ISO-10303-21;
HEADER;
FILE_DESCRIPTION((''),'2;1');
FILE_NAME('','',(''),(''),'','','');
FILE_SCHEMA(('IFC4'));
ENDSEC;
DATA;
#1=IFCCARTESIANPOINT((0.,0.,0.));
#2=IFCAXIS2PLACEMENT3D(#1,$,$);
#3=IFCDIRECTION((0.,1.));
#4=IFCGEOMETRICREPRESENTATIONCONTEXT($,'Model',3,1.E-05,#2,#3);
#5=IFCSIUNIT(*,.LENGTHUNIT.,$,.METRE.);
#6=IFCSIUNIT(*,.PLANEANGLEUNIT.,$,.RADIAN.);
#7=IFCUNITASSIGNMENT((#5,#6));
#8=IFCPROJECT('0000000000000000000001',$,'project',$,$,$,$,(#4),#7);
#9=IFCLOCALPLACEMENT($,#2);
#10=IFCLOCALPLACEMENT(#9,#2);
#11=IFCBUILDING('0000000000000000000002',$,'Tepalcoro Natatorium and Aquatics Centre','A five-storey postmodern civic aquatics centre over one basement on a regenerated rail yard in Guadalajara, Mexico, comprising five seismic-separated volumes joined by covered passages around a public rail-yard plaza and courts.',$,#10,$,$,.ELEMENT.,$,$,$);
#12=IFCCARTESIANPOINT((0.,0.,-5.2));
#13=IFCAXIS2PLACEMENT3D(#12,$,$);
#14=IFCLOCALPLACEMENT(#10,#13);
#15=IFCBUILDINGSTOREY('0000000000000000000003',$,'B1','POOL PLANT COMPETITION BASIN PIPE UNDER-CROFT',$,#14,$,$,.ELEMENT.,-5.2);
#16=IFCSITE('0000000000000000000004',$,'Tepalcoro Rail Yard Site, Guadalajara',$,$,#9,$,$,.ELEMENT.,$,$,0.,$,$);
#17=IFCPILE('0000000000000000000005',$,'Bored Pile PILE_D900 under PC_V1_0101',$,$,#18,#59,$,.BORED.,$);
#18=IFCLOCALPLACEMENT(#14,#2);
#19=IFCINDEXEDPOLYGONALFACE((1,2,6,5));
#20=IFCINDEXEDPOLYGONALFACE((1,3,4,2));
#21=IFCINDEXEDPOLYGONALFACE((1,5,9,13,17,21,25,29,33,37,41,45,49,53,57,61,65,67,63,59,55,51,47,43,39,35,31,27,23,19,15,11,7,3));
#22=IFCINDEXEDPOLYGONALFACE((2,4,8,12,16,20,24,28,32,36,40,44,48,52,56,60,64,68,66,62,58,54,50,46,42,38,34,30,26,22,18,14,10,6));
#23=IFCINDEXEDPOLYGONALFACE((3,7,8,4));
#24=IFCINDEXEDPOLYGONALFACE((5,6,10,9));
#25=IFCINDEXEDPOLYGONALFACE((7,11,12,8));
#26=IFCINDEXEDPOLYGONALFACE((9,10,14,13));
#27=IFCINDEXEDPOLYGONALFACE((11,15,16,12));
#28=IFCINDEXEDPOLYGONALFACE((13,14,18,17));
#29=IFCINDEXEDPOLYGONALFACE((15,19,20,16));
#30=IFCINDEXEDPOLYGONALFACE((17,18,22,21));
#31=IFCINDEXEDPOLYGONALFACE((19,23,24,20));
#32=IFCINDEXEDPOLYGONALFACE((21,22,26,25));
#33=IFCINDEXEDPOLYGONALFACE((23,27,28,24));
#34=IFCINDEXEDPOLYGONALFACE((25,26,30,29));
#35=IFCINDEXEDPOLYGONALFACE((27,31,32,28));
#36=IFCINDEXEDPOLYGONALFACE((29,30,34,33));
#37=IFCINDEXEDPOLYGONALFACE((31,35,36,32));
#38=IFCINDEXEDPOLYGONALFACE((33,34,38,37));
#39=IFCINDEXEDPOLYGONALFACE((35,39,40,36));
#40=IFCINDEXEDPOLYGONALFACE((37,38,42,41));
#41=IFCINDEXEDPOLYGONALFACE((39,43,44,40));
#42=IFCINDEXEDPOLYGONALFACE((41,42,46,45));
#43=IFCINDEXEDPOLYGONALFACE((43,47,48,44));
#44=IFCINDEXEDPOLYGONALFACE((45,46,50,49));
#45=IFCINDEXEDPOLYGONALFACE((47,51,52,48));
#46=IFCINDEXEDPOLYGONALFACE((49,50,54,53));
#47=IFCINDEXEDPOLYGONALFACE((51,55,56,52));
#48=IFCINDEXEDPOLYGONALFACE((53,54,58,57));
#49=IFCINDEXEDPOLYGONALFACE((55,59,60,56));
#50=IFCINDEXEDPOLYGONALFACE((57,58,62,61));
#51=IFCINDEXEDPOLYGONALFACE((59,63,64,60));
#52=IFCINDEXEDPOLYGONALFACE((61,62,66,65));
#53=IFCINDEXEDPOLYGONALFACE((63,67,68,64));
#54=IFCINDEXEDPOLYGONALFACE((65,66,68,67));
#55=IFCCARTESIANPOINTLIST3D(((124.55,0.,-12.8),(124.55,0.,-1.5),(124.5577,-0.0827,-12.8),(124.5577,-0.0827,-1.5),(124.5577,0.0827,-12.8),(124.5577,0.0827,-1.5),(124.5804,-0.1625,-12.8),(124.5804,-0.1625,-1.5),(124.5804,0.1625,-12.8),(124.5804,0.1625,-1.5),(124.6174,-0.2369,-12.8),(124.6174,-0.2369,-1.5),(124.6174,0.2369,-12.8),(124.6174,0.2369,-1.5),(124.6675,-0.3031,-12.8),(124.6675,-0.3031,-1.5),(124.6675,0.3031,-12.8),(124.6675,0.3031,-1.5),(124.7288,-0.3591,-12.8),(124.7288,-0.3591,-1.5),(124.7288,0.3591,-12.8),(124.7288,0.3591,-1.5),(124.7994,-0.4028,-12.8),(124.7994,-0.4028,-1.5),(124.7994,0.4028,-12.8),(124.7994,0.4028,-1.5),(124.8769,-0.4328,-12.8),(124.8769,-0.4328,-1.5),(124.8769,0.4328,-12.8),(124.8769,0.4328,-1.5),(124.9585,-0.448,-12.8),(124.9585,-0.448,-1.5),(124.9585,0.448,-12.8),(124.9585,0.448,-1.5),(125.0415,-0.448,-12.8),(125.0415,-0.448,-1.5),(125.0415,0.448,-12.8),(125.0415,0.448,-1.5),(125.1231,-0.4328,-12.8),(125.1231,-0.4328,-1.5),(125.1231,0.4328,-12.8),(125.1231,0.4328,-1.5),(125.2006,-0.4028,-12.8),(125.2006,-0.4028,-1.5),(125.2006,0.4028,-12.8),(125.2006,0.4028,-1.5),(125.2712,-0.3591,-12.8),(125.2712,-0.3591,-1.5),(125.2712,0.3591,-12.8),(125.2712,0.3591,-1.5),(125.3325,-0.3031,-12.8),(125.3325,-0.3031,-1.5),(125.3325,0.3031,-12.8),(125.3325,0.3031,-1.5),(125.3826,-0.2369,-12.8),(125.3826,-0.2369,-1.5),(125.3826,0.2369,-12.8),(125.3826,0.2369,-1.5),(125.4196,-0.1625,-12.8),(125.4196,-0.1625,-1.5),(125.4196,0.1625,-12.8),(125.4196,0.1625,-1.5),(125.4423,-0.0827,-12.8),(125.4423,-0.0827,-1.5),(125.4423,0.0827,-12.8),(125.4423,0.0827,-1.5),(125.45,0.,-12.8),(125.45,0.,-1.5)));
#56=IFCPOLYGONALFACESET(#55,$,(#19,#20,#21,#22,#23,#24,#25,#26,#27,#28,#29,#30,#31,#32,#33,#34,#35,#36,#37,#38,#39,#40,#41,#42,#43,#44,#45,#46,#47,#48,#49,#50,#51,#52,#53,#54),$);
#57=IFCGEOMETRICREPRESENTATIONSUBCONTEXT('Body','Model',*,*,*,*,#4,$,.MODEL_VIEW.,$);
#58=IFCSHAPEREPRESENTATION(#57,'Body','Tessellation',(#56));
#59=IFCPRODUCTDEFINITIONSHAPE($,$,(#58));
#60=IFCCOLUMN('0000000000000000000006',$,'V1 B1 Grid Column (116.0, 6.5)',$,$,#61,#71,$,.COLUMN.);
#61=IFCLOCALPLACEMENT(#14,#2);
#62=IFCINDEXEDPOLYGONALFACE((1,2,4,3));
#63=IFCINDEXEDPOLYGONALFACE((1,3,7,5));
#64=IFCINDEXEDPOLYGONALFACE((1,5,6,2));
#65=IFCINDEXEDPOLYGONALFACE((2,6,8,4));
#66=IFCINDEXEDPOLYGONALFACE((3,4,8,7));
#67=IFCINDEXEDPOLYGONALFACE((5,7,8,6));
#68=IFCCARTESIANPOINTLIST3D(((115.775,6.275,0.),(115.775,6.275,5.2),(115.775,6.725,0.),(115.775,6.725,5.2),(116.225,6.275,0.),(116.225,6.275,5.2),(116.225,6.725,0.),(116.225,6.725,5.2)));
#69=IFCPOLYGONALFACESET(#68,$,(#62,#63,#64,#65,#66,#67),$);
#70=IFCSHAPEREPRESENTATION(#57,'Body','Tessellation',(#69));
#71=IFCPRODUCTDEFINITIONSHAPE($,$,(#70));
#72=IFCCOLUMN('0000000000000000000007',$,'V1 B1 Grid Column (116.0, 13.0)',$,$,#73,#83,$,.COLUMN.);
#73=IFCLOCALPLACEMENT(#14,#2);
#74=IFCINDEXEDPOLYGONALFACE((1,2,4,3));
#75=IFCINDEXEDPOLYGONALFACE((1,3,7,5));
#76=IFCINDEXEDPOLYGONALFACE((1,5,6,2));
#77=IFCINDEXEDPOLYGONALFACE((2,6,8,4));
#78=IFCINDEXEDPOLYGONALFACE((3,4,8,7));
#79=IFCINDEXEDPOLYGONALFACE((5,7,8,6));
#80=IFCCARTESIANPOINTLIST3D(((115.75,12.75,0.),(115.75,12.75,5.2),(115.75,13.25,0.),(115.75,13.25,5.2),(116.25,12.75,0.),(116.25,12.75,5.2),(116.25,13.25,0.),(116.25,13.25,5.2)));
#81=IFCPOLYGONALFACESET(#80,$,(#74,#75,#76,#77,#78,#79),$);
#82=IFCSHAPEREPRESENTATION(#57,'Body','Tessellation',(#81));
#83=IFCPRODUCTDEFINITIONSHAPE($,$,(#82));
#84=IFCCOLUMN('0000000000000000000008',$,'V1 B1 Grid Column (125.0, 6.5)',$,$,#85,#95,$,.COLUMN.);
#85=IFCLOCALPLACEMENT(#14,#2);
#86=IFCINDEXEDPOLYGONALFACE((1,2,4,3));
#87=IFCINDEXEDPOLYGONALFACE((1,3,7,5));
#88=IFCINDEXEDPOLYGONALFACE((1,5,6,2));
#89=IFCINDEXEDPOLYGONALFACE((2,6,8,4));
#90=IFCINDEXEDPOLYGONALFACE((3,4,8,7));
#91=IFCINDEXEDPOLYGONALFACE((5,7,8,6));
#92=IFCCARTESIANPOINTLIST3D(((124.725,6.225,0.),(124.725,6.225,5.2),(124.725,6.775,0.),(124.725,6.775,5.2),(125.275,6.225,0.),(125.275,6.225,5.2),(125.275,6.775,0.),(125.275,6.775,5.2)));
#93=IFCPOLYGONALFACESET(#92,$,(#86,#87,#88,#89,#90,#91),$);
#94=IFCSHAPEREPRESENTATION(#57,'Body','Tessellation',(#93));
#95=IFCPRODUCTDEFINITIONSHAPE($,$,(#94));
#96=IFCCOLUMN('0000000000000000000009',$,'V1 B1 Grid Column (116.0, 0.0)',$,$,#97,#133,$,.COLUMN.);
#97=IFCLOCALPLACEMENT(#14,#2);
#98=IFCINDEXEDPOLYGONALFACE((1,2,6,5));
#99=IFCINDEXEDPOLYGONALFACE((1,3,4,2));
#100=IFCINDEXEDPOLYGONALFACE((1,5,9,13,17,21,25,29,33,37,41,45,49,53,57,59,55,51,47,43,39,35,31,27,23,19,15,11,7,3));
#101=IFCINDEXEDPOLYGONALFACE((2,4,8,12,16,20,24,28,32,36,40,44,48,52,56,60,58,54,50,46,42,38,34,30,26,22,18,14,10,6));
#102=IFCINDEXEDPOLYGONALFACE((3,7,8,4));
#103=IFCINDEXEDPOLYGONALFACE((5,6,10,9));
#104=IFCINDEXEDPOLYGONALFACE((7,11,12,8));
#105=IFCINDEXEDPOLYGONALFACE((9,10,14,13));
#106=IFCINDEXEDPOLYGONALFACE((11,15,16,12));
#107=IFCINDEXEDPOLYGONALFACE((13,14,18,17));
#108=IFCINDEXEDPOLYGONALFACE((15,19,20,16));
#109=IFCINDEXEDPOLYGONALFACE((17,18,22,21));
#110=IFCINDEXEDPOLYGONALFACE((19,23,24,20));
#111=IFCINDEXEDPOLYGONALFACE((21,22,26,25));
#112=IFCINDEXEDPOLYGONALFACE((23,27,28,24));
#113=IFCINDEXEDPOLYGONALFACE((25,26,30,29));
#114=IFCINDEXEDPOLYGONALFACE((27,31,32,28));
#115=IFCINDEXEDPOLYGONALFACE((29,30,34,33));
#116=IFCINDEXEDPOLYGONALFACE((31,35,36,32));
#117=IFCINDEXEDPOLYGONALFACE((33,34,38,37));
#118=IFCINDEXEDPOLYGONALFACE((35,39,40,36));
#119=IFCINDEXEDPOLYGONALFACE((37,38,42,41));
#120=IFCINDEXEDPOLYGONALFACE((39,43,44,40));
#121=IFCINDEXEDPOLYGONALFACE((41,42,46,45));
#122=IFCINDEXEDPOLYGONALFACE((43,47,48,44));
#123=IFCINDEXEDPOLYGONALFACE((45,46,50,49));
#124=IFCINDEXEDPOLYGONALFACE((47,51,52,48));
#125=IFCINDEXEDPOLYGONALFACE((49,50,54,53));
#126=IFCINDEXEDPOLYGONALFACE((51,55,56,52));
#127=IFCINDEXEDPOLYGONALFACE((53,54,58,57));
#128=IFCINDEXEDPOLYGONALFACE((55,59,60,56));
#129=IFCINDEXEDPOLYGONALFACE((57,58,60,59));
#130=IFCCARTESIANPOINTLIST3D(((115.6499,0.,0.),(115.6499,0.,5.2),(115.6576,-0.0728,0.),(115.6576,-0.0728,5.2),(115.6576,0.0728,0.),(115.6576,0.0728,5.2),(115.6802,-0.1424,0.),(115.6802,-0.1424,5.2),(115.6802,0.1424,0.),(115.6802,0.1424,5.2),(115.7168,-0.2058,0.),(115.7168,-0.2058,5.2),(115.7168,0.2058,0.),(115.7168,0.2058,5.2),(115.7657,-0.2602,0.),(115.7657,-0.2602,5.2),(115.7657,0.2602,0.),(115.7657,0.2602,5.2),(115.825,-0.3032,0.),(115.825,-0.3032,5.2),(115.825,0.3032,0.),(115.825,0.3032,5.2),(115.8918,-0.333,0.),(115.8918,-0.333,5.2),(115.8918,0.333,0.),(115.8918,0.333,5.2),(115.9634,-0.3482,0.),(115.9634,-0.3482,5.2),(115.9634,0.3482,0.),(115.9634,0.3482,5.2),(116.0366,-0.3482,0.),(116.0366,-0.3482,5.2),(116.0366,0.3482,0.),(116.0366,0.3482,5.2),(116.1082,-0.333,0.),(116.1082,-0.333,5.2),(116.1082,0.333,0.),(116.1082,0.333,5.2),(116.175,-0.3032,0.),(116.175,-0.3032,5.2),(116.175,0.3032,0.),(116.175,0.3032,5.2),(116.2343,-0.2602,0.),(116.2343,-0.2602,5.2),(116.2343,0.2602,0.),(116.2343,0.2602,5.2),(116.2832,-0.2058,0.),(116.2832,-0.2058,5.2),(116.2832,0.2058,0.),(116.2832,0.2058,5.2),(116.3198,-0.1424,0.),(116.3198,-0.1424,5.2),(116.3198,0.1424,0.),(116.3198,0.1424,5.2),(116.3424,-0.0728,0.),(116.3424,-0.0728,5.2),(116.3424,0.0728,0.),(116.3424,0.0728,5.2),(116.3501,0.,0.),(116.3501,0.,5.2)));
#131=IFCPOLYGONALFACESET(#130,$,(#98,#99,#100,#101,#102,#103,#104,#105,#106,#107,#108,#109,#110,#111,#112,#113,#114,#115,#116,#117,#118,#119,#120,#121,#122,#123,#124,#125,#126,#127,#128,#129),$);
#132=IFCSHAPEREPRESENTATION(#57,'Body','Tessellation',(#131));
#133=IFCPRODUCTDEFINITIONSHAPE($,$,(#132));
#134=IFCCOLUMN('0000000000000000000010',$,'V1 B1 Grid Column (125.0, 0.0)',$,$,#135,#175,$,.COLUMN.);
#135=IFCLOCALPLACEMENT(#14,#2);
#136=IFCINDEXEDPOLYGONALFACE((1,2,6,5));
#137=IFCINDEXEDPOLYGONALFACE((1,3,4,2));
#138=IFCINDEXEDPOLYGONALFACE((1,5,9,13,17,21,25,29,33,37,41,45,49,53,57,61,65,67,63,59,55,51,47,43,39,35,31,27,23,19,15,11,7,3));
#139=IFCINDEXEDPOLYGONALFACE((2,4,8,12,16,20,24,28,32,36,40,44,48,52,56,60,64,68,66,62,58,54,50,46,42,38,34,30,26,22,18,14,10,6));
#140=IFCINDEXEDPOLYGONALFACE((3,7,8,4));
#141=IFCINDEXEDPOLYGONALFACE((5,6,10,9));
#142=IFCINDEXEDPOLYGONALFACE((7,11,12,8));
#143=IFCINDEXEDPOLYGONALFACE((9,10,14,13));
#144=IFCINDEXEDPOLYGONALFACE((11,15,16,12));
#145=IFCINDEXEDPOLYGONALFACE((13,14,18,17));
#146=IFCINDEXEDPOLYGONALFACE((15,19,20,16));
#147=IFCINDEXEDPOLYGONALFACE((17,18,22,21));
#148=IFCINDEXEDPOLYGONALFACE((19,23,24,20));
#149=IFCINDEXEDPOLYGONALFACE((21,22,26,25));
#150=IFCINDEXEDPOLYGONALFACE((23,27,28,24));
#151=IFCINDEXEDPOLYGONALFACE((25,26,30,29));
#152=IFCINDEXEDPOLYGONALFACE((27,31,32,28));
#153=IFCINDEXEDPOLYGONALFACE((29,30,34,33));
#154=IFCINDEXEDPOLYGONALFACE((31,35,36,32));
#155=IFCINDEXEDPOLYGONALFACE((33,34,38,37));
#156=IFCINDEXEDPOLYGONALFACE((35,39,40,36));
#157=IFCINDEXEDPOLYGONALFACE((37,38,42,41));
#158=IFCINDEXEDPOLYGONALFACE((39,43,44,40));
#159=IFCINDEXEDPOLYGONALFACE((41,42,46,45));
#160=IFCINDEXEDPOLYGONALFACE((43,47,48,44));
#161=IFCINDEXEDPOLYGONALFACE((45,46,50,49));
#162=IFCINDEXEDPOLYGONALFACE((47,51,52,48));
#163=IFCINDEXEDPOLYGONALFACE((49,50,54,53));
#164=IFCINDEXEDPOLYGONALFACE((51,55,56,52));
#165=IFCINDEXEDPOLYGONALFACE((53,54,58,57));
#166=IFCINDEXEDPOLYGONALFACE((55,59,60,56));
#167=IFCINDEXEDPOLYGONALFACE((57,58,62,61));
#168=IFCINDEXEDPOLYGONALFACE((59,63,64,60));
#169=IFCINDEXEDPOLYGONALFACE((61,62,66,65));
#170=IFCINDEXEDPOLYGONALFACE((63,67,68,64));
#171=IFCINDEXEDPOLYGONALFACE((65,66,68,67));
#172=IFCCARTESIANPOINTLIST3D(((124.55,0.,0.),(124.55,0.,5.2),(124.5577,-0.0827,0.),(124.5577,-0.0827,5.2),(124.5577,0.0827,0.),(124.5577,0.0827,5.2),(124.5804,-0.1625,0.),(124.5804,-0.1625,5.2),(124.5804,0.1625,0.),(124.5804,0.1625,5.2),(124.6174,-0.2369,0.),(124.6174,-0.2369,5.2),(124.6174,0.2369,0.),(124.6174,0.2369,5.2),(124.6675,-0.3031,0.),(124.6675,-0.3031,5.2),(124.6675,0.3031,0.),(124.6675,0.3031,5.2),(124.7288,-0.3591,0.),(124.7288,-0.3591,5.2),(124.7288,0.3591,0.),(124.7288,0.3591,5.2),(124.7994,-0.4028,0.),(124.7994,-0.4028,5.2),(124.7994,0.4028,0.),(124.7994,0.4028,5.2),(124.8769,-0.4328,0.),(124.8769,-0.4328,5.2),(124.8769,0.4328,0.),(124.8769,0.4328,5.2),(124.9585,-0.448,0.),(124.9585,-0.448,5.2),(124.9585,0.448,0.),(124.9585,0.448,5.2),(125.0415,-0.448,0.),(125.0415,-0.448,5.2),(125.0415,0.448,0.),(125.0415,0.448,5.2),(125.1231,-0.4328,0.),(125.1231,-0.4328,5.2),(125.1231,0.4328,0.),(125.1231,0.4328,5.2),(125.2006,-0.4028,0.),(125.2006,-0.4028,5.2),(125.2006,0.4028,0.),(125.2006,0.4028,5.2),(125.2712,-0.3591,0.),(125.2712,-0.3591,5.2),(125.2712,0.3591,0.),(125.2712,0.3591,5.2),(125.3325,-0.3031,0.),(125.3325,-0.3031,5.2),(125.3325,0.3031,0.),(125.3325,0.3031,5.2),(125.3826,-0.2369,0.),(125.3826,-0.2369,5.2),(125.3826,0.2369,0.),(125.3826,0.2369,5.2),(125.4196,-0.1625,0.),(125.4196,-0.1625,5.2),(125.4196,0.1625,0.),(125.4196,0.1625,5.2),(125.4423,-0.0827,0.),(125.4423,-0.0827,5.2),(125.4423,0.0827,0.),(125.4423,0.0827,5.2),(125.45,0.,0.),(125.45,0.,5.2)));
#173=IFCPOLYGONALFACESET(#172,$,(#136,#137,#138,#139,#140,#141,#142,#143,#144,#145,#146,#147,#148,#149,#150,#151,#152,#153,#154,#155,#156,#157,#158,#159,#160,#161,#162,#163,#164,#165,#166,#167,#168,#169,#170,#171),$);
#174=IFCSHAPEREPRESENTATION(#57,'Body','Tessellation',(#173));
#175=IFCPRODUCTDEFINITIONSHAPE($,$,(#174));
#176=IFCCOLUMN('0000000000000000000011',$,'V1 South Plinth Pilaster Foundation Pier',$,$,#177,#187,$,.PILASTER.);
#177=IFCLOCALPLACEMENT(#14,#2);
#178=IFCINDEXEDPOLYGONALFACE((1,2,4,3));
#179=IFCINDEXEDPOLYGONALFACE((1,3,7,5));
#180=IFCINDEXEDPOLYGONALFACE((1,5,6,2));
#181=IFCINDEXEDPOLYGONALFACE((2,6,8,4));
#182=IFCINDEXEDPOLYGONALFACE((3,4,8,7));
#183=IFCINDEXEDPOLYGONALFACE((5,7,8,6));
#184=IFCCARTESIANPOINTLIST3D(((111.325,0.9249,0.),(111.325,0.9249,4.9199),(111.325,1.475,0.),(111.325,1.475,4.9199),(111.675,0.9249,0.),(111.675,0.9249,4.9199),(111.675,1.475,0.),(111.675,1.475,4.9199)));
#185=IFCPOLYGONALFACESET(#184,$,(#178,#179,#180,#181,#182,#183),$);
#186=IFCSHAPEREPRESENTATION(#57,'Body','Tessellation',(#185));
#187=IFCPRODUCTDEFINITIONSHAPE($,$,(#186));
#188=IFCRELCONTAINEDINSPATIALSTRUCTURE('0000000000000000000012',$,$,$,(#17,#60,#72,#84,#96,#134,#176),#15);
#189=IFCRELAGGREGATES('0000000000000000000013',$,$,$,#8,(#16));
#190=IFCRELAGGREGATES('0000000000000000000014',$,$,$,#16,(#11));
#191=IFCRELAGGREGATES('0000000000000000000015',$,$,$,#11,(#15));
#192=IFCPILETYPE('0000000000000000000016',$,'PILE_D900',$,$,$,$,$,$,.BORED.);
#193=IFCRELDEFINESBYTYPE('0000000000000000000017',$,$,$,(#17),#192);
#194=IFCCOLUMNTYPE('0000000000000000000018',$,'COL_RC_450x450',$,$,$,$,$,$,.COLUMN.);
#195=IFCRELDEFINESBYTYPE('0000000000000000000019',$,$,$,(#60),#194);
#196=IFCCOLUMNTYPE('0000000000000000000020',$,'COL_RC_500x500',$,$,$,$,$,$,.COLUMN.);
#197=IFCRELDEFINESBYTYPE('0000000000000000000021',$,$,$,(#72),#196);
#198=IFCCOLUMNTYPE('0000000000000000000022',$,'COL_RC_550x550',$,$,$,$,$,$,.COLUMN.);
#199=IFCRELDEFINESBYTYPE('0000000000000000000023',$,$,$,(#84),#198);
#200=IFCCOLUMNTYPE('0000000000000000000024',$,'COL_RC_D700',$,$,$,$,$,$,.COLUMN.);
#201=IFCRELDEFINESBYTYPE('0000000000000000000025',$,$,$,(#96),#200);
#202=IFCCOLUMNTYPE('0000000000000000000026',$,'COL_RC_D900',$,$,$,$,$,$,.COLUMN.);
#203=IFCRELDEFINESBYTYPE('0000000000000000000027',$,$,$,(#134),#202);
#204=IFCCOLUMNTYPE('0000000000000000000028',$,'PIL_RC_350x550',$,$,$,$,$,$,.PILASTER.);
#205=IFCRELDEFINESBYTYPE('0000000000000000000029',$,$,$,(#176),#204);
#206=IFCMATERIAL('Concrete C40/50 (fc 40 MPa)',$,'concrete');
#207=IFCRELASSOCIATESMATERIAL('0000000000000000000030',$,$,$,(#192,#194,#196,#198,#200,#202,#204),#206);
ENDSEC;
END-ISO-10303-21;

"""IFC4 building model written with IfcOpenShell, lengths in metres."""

from ifc_helpers import new_model, si_unit, direction, frame, origin, origin_2d, place, context, subcontext, project, spatial, rectangle, circle, extrude, material, material_profile, profile_set, type_object, element, save


model = new_model("IFC4")

# Units and contexts
model_context = context("Model", 3, precision=1e-05, world=origin(), true_north=direction((0.0, 1.0)))
body_context = subcontext(model_context, "Body", "Model", "MODEL_VIEW")
ifc_project = project(units=[si_unit("LENGTHUNIT", "METRE"), si_unit("PLANEANGLEUNIT", "RADIAN")], contexts=[model_context])

# Site, building, storey
site_placement = place(None, origin())
site = spatial("IfcSite", under=ifc_project, at=site_placement, Name="Tepalcoro Rail Yard Site, Guadalajara", CompositionType="ELEMENT", RefElevation=0.0)
building_placement = place(site_placement, origin())
building = spatial("IfcBuilding", under=site, at=building_placement, Name="Tepalcoro Natatorium and Aquatics Centre", Description="A five-storey postmodern civic aquatics centre over one basement on a regenerated rail yard in Guadalajara, Mexico, comprising five seismic-separated volumes joined by covered passages around a public rail-yard plaza and courts.", CompositionType="ELEMENT")
storey_placement = place(building_placement, frame((0.0, 0.0, -5.2)))
storey = spatial("IfcBuildingStorey", under=building, at=storey_placement, Name="B1", Description="POOL PLANT COMPETITION BASIN PIPE UNDER-CROFT", CompositionType="ELEMENT", Elevation=-5.2)

# Pile
ifc_material = material(Name="Concrete C40/50 (fc 40 MPa)", Category="concrete")
ifc_material_profile_1 = material_profile(ifc_material, circle(Radius=0.45, at=origin_2d()), Name="PILE_D900")
ifc_profile_set_1 = profile_set([ifc_material_profile_1], Name="Concrete C40/50 (fc 40 MPa)")
pile_type_1 = type_object("IfcPileType", Name="PILE_D900", PredefinedType="BORED", material=ifc_profile_set_1)
pile_1_placement = place(storey_placement, frame((125.0, 0.0, -1.5), z_axis=(0.0, 0.0, -1.0), x_axis=(1.0, 0.0, 0.0)))
element("IfcPile", 1, at=pile_1_placement, inside=storey, type_object=pile_type_1, Name="Bored Pile PILE_D900 under PC_V1_0101", PredefinedType="BORED", context=body_context, shape_type="SweptSolid", body=[
    extrude(circle(Radius=0.45, at=origin_2d()), origin(), (0.0, 0.0, 1.0), 11.3),
])

# Columns
ifc_material_profile_2 = material_profile(ifc_material, rectangle(XDim=0.45, YDim=0.45, at=origin_2d()), Name="RC450x450")
ifc_profile_set_2 = profile_set([ifc_material_profile_2], Name="Concrete C40/50 (fc 40 MPa)")
column_type_1 = type_object("IfcColumnType", Name="COL_RC_450x450", PredefinedType="COLUMN", material=ifc_profile_set_2)
column_1_placement = place(storey_placement, frame((116.0, 6.5, 0.0), z_axis=(0.0, 0.0, 1.0), x_axis=(1.0, 0.0, 0.0)))
element("IfcColumn", 2, at=column_1_placement, inside=storey, type_object=column_type_1, Name="V1 B1 Grid Column (116.0, 6.5)", PredefinedType="COLUMN", context=body_context, shape_type="SweptSolid", body=[
    extrude(rectangle(XDim=0.45, YDim=0.45, at=origin_2d()), origin(), (0.0, 0.0, 1.0), 5.2),
])
ifc_material_profile_3 = material_profile(ifc_material, rectangle(XDim=0.5, YDim=0.5, at=origin_2d()), Name="RC500x500")
ifc_profile_set_3 = profile_set([ifc_material_profile_3], Name="Concrete C40/50 (fc 40 MPa)")
column_type_2 = type_object("IfcColumnType", Name="COL_RC_500x500", PredefinedType="COLUMN", material=ifc_profile_set_3)
column_2_placement = place(storey_placement, frame((116.0, 13.0, 0.0), z_axis=(0.0, 0.0, 1.0), x_axis=(1.0, 0.0, 0.0)))
element("IfcColumn", 3, at=column_2_placement, inside=storey, type_object=column_type_2, Name="V1 B1 Grid Column (116.0, 13.0)", PredefinedType="COLUMN", context=body_context, shape_type="SweptSolid", body=[
    extrude(rectangle(XDim=0.5, YDim=0.5, at=origin_2d()), origin(), (0.0, 0.0, 1.0), 5.2),
])
ifc_material_profile_4 = material_profile(ifc_material, rectangle(XDim=0.55, YDim=0.55, at=origin_2d()), Name="RC550x550")
ifc_profile_set_4 = profile_set([ifc_material_profile_4], Name="Concrete C40/50 (fc 40 MPa)")
column_type_3 = type_object("IfcColumnType", Name="COL_RC_550x550", PredefinedType="COLUMN", material=ifc_profile_set_4)
column_3_placement = place(storey_placement, frame((125.0, 6.5, 0.0), z_axis=(0.0, 0.0, 1.0), x_axis=(1.0, 0.0, 0.0)))
element("IfcColumn", 4, at=column_3_placement, inside=storey, type_object=column_type_3, Name="V1 B1 Grid Column (125.0, 6.5)", PredefinedType="COLUMN", context=body_context, shape_type="SweptSolid", body=[
    extrude(rectangle(XDim=0.55, YDim=0.55, at=origin_2d()), origin(), (0.0, 0.0, 1.0), 5.2),
])
ifc_material_profile_5 = material_profile(ifc_material, circle(Radius=0.3501, at=origin_2d()), Name="RCD700")
ifc_profile_set_5 = profile_set([ifc_material_profile_5], Name="Concrete C40/50 (fc 40 MPa)")
column_type_4 = type_object("IfcColumnType", Name="COL_RC_D700", PredefinedType="COLUMN", material=ifc_profile_set_5)
column_4_placement = place(storey_placement, frame((116.0, 0.0, 0.0), z_axis=(0.0, 0.0, 1.0), x_axis=(1.0, 0.0, 0.0)))
element("IfcColumn", 5, at=column_4_placement, inside=storey, type_object=column_type_4, Name="V1 B1 Grid Column (116.0, 0.0)", PredefinedType="COLUMN", context=body_context, shape_type="SweptSolid", body=[
    extrude(circle(Radius=0.3501, at=origin_2d()), origin(), (0.0, 0.0, 1.0), 5.2),
])
ifc_material_profile_6 = material_profile(ifc_material, circle(Radius=0.45, at=origin_2d()), Name="RCD900")
ifc_profile_set_6 = profile_set([ifc_material_profile_6], Name="Concrete C40/50 (fc 40 MPa)")
column_type_5 = type_object("IfcColumnType", Name="COL_RC_D900", PredefinedType="COLUMN", material=ifc_profile_set_6)
column_5_placement = place(storey_placement, frame((125.0, 0.0, 0.0), z_axis=(0.0, 0.0, 1.0), x_axis=(1.0, 0.0, 0.0)))
element("IfcColumn", 6, at=column_5_placement, inside=storey, type_object=column_type_5, Name="V1 B1 Grid Column (125.0, 0.0)", PredefinedType="COLUMN", context=body_context, shape_type="SweptSolid", body=[
    extrude(circle(Radius=0.45, at=origin_2d()), origin(), (0.0, 0.0, 1.0), 5.2),
])
ifc_material_profile_7 = material_profile(ifc_material, rectangle(XDim=0.3501, YDim=0.55, at=origin_2d()), Name="PIL350x550")
ifc_profile_set_7 = profile_set([ifc_material_profile_7], Name="Concrete C40/50 (fc 40 MPa)")
column_type_6 = type_object("IfcColumnType", Name="PIL_RC_350x550", PredefinedType="PILASTER", material=ifc_profile_set_7)
column_6_placement = place(storey_placement, frame((111.5, 1.2, 0.0), z_axis=(0.0, 0.0, 1.0), x_axis=(1.0, 0.0, 0.0)))
element("IfcColumn", 7, at=column_6_placement, inside=storey, type_object=column_type_6, Name="V1 South Plinth Pilaster Foundation Pier", PredefinedType="PILASTER", context=body_context, shape_type="SweptSolid", body=[
    extrude(rectangle(XDim=0.3501, YDim=0.55, at=origin_2d()), origin(), (0.0, 0.0, 1.0), 4.9199),
])

save(model, "model.ifc")
